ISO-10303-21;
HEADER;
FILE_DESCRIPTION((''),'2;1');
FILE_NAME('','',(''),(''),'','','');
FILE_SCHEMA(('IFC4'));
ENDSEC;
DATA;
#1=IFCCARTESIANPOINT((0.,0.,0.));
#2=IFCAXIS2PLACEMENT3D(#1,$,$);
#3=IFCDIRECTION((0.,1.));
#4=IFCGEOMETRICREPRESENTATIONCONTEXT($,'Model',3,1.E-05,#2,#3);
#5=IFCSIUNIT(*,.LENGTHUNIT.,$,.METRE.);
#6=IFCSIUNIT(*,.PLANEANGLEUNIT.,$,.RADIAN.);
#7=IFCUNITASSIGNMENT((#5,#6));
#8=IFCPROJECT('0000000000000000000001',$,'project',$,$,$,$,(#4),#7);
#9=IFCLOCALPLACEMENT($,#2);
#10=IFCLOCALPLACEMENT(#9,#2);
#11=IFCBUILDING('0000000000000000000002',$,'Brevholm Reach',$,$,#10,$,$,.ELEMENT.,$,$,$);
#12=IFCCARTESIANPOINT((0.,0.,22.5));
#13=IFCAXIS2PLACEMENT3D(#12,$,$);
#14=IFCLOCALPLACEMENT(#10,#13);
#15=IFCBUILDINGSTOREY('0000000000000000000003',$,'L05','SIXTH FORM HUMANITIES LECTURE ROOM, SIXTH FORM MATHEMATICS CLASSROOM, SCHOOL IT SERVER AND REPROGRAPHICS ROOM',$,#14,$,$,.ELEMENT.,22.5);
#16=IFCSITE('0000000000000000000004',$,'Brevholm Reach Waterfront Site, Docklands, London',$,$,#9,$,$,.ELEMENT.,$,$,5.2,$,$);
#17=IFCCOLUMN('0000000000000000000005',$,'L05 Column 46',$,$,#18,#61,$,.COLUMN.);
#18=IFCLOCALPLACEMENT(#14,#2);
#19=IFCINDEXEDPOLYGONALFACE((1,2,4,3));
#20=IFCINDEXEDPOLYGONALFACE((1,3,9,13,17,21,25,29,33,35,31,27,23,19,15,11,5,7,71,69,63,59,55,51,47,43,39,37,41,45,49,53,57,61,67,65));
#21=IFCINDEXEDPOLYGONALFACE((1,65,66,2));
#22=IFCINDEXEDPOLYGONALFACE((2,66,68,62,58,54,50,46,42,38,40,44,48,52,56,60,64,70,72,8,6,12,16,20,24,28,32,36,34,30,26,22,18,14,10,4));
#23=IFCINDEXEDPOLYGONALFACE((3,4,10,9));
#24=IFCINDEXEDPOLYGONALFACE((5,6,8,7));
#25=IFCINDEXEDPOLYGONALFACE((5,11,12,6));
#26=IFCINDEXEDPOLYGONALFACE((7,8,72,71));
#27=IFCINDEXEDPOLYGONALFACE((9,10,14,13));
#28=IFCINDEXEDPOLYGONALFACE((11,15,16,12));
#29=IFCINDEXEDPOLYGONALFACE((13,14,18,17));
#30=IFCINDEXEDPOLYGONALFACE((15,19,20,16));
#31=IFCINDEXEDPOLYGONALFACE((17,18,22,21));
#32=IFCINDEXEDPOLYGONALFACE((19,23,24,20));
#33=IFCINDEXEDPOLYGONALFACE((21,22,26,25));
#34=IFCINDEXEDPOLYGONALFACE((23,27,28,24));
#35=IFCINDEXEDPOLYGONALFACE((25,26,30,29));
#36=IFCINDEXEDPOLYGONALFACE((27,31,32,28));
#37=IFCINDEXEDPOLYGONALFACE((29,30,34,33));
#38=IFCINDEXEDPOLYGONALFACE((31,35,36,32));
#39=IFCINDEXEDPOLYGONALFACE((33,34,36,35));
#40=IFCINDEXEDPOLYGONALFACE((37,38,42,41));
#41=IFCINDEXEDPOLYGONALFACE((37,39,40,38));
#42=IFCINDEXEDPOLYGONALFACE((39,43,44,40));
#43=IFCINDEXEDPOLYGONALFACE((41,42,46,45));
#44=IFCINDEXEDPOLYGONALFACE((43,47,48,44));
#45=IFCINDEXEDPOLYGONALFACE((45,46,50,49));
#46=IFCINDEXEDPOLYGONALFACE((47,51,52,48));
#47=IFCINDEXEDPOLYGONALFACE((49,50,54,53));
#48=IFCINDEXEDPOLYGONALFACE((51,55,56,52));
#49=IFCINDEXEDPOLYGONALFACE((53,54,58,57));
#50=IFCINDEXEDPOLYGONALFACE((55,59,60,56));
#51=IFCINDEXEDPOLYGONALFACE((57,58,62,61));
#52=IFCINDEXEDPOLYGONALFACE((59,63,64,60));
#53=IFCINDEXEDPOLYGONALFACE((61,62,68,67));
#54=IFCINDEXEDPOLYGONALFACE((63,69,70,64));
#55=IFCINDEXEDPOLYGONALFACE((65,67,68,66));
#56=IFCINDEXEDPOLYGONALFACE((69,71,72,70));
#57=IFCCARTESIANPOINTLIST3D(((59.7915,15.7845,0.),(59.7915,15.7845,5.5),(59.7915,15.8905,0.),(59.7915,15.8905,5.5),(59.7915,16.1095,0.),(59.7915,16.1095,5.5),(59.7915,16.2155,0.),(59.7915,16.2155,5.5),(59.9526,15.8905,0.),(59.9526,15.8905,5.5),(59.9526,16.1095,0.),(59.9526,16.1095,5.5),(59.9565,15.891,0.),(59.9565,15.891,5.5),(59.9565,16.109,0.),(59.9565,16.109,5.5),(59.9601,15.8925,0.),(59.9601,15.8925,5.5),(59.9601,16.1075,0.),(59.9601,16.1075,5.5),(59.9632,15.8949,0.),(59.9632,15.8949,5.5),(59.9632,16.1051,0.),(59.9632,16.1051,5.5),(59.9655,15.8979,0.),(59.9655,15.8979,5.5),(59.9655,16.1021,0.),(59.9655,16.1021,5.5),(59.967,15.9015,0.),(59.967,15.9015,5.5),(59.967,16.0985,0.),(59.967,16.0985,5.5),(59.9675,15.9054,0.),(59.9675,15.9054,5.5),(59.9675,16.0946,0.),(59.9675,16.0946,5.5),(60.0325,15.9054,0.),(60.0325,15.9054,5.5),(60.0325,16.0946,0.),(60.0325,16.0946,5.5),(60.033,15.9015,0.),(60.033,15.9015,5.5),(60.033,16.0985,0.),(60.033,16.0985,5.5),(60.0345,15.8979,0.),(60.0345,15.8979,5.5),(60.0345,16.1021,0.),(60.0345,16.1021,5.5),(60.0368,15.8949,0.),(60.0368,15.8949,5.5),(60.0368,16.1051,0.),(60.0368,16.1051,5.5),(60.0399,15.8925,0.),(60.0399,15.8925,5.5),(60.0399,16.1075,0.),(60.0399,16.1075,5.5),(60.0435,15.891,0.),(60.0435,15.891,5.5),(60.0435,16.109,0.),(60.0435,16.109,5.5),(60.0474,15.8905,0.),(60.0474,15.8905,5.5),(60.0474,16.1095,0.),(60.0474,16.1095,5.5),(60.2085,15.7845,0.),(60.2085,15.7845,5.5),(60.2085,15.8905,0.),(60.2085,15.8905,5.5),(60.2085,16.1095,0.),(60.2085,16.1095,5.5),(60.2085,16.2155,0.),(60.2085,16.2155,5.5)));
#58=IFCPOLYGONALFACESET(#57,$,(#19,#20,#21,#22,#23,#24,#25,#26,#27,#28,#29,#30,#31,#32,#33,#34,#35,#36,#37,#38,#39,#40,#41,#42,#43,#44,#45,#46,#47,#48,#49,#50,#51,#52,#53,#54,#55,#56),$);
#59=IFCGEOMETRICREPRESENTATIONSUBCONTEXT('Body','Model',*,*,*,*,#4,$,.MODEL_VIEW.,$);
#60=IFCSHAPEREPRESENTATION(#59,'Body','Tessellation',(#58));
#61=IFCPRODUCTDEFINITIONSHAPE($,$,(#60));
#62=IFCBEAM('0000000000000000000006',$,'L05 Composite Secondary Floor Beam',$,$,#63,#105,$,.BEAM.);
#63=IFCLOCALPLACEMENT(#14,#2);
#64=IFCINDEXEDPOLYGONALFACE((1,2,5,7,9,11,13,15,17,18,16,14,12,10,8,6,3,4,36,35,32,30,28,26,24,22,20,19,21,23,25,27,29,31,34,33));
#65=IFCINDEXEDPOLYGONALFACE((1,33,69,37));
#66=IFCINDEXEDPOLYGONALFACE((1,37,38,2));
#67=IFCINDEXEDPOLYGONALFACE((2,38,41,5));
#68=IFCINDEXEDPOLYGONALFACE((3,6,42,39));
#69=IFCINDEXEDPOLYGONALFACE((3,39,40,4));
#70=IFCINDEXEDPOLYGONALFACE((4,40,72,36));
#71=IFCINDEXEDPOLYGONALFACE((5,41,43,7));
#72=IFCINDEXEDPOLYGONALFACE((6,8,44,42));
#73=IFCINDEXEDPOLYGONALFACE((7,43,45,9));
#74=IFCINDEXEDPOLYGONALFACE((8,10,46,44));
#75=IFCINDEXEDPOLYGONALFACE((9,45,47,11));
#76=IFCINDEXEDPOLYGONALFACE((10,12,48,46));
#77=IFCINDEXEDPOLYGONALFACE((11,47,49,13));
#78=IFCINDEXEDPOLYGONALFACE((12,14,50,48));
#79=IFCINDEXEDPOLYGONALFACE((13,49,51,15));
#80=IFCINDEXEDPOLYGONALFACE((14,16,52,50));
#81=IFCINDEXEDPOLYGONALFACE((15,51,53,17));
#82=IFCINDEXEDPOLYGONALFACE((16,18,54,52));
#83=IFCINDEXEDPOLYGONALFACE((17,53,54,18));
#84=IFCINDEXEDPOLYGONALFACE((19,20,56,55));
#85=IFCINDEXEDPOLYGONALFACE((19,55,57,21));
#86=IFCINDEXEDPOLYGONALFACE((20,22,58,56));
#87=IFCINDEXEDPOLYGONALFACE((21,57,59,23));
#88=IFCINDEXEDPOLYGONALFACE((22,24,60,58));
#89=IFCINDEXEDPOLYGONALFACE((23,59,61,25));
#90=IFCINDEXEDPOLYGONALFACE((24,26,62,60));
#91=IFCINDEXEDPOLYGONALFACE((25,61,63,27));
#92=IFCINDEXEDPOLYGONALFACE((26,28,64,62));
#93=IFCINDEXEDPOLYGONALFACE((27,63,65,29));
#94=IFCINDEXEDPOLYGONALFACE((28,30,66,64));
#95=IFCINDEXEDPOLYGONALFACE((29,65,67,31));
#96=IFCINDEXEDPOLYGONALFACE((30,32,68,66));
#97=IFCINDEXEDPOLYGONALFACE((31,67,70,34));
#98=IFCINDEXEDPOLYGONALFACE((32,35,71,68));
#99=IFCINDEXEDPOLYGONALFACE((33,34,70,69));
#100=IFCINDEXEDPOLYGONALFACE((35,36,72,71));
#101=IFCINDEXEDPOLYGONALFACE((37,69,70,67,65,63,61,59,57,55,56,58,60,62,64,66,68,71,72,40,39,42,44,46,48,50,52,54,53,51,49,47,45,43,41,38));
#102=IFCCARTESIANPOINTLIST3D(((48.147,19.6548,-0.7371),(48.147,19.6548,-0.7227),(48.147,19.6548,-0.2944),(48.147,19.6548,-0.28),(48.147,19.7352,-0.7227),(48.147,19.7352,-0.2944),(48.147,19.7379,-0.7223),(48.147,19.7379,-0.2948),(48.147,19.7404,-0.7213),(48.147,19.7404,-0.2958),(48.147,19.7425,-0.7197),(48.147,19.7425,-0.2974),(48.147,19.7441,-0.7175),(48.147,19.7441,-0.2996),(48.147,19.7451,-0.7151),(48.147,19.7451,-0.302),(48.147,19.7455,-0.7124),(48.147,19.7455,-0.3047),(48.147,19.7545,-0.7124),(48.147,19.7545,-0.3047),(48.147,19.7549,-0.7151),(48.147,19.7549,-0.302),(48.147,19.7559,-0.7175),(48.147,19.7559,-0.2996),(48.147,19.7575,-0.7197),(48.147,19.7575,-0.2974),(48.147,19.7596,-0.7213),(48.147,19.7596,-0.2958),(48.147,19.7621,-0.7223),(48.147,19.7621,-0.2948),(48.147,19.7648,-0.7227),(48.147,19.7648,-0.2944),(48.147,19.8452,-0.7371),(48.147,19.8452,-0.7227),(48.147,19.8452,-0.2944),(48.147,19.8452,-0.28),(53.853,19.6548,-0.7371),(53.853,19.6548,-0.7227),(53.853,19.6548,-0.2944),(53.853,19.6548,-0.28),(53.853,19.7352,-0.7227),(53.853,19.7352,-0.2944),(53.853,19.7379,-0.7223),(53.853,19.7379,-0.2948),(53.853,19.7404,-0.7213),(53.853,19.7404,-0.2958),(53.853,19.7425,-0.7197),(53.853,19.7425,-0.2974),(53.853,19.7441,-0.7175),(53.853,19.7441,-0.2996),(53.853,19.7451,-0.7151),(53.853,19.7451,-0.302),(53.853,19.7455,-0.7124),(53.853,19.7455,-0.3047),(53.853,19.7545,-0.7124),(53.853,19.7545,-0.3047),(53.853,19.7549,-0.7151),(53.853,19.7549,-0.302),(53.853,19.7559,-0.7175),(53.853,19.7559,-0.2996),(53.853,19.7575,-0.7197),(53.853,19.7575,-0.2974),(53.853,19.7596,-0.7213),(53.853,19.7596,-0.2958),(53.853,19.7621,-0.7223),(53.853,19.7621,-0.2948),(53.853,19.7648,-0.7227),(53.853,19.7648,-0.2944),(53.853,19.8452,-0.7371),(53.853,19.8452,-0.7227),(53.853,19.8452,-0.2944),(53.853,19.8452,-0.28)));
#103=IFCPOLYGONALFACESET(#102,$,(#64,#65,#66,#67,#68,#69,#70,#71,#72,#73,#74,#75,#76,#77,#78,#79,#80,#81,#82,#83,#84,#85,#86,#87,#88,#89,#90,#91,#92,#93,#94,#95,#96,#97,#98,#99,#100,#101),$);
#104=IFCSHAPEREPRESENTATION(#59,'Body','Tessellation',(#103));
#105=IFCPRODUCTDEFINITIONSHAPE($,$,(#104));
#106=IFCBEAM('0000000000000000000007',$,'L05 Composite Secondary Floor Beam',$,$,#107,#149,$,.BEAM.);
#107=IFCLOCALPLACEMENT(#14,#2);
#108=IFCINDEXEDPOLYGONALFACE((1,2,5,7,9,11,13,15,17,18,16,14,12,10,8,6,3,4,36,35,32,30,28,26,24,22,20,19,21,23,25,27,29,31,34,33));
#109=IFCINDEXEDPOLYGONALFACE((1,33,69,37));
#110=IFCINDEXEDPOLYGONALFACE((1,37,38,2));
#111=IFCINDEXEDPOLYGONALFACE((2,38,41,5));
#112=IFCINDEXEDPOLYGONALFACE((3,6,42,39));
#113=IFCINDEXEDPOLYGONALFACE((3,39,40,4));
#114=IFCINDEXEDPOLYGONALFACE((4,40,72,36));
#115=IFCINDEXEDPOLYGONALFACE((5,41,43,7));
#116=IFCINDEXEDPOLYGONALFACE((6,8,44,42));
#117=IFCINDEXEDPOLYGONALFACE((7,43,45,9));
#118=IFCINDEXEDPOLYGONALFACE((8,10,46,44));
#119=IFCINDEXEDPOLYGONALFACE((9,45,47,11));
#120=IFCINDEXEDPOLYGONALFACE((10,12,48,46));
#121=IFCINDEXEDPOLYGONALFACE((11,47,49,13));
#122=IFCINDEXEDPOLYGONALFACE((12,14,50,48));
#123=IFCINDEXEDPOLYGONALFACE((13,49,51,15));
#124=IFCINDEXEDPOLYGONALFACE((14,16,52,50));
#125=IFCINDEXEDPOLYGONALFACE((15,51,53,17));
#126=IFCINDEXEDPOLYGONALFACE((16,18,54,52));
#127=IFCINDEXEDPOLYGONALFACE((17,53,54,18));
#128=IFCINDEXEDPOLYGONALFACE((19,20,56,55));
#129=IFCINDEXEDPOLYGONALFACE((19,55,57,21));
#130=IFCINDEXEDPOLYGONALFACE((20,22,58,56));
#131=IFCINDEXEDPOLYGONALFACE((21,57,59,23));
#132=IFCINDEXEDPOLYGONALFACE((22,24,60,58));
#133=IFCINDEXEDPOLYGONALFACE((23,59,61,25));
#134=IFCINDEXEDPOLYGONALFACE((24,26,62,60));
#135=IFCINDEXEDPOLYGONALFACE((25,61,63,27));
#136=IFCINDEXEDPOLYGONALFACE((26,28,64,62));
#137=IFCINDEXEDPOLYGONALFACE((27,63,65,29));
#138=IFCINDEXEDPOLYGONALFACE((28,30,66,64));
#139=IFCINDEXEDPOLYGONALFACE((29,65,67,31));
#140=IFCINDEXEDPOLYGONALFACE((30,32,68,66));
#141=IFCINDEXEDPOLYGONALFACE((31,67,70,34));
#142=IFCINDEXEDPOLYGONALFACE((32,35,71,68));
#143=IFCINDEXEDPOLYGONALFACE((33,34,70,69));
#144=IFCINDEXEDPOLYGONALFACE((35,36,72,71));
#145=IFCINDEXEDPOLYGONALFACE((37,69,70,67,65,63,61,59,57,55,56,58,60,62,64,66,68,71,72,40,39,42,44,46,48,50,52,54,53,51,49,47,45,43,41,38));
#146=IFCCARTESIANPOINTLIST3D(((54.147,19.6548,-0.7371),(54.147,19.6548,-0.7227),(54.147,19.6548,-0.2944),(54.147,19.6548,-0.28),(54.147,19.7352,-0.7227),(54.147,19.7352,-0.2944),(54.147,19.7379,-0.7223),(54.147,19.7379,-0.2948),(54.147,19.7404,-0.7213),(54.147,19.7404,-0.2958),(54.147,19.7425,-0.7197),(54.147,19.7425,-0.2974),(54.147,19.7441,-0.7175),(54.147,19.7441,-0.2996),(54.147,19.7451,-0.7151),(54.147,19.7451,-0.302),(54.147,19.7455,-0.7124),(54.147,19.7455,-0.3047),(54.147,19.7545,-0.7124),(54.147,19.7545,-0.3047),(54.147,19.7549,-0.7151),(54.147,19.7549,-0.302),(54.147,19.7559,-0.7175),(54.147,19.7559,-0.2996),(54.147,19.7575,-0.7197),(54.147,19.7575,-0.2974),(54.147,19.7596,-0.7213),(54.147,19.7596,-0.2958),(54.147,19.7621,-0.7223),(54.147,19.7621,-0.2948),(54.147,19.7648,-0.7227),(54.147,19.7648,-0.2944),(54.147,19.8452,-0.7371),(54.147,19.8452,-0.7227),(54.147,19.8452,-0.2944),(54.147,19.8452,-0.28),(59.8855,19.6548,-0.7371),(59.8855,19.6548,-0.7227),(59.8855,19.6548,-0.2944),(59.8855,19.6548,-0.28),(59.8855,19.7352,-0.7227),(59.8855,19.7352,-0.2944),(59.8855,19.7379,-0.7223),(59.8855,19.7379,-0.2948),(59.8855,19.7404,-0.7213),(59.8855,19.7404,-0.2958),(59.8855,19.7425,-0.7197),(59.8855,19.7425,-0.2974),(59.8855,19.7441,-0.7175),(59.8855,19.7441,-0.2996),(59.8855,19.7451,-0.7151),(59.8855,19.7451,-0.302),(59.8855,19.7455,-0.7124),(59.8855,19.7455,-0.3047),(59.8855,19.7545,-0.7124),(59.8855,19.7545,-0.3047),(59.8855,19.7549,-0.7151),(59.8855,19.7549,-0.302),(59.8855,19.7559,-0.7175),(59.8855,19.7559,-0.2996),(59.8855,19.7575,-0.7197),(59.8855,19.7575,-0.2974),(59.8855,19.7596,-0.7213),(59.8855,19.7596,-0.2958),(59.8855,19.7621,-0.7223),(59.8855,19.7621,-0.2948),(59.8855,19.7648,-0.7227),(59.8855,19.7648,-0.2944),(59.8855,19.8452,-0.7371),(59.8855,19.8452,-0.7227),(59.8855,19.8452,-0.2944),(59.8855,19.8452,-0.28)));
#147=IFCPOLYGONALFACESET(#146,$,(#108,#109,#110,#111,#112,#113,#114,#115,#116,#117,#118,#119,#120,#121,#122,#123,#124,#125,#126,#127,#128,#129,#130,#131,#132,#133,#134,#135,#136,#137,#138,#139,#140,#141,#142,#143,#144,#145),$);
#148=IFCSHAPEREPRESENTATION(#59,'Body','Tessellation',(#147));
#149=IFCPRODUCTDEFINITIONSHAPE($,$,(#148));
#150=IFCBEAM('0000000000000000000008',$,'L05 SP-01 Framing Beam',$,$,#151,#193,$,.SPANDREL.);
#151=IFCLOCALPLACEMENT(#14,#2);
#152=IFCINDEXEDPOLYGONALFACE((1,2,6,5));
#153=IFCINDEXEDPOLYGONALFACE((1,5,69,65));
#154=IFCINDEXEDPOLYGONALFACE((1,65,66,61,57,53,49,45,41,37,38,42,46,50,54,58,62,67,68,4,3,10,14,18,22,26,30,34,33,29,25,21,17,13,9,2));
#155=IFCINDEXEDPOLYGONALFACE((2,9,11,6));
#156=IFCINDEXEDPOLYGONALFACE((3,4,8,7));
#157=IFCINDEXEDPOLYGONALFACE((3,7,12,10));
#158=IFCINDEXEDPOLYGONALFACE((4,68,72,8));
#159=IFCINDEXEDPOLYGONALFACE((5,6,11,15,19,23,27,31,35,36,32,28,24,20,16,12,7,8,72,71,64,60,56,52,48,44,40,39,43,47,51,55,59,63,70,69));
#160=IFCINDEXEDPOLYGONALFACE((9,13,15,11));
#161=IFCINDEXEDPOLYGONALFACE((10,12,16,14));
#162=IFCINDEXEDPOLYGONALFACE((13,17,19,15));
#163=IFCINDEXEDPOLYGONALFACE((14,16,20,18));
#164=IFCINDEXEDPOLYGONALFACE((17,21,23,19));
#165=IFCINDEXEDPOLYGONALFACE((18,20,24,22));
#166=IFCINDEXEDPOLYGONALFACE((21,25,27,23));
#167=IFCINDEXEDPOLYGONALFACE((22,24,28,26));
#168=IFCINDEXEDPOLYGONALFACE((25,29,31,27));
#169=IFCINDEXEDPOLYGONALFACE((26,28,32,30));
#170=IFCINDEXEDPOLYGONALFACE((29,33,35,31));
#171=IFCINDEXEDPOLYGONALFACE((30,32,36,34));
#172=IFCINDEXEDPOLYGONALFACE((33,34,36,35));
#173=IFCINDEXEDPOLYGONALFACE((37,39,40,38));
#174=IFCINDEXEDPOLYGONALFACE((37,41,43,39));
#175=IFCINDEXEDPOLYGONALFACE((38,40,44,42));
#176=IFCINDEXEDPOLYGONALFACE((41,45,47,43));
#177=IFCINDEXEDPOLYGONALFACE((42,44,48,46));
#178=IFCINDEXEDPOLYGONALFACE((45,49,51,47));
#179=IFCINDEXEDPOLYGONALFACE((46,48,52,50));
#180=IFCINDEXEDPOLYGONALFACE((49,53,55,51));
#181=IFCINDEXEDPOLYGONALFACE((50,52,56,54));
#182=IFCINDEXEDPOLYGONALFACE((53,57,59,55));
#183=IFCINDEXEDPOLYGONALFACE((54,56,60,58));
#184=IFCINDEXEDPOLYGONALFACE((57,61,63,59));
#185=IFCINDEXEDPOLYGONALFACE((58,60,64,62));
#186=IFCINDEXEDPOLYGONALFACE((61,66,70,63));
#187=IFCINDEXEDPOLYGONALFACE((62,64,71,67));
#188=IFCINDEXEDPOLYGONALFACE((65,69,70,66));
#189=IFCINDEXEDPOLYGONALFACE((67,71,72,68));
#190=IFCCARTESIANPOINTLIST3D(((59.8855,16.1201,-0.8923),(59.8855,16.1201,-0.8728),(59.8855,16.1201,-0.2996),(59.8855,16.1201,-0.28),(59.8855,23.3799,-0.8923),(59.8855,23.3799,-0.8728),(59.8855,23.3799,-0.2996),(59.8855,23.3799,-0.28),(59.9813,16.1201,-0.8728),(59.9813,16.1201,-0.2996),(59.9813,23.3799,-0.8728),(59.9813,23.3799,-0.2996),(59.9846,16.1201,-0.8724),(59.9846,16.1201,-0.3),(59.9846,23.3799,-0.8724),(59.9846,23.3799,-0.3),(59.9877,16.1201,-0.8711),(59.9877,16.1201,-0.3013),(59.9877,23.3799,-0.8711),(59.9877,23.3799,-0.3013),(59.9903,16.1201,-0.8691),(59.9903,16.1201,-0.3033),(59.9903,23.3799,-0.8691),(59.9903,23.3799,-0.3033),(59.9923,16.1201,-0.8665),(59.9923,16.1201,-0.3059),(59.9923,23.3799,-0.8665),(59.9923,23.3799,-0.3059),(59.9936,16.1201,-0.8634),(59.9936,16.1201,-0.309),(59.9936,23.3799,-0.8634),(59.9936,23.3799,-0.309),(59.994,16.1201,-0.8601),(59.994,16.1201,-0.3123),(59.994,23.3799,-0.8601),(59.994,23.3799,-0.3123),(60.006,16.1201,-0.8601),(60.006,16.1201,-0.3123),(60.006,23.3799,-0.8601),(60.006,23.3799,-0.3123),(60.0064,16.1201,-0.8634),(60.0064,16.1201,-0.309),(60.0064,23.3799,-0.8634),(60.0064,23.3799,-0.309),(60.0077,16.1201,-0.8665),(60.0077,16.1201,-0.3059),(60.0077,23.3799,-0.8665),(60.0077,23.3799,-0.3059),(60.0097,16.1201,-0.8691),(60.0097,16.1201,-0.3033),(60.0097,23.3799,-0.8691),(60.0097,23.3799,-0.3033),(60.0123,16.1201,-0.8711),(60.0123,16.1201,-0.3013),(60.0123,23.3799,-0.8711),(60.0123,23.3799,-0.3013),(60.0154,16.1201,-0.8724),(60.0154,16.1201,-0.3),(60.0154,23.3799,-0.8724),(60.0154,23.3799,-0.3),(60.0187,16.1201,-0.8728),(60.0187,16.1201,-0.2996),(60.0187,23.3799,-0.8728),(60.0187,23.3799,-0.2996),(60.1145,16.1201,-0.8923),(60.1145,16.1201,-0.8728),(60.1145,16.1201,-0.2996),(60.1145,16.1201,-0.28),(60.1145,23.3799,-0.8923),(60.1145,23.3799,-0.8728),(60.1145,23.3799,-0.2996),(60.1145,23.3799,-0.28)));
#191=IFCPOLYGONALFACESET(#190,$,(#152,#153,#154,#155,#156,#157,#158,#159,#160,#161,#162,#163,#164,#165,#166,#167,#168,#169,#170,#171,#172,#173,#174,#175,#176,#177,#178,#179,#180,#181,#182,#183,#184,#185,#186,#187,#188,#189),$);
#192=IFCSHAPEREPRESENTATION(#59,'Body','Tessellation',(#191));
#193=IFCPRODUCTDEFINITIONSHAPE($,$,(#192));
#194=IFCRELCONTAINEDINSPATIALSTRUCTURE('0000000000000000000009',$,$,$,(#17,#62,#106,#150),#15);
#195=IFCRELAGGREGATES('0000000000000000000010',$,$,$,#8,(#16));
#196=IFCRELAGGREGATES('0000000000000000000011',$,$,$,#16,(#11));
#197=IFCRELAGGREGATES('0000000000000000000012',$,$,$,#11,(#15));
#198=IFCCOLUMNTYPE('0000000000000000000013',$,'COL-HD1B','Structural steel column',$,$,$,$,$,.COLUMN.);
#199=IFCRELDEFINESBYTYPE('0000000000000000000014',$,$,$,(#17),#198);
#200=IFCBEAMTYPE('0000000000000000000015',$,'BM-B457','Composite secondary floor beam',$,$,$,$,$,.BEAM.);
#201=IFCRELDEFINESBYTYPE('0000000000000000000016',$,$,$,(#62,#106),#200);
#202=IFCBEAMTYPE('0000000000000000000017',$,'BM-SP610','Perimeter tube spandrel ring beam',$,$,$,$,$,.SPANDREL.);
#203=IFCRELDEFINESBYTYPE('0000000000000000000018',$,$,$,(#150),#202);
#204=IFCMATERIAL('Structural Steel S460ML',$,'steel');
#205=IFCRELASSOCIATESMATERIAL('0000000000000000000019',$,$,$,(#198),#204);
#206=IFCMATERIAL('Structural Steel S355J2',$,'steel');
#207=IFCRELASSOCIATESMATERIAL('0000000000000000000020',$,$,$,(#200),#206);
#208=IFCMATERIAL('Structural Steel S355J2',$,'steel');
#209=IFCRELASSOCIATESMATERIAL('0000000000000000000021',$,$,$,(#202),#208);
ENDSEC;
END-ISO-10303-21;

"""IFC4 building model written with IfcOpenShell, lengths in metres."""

from ifc_helpers import new_model, si_unit, direction, frame, origin, origin_2d, place, context, subcontext, project, spatial, i_section, extrude, material, material_profile, profile_set, type_object, element, save


model = new_model("IFC4")

# Units and contexts
model_context = context("Model", 3, precision=1e-05, world=origin(), true_north=direction((0.0, 1.0)))
body_context = subcontext(model_context, "Body", "Model", "MODEL_VIEW")
ifc_project = project(units=[si_unit("LENGTHUNIT", "METRE"), si_unit("PLANEANGLEUNIT", "RADIAN")], contexts=[model_context])

# Site, building, storey
site_placement = place(None, origin())
site = spatial("IfcSite", under=ifc_project, at=site_placement, Name="Brevholm Reach Waterfront Site, Docklands, London", CompositionType="ELEMENT", RefElevation=5.2)
building_placement = place(site_placement, origin())
building = spatial("IfcBuilding", under=site, at=building_placement, Name="Brevholm Reach", CompositionType="ELEMENT")
storey_placement = place(building_placement, frame((0.0, 0.0, 22.5)))
storey = spatial("IfcBuildingStorey", under=building, at=storey_placement, Name="L05", Description="SIXTH FORM HUMANITIES LECTURE ROOM, SIXTH FORM MATHEMATICS CLASSROOM, SCHOOL IT SERVER AND REPROGRAPHICS ROOM", CompositionType="ELEMENT", Elevation=22.5)

# Column
ifc_material_1 = material(Name="Structural Steel S460ML", Category="steel")
ifc_material_profile_1 = material_profile(ifc_material_1, i_section(OverallWidth=0.417, OverallDepth=0.4309, WebThickness=0.0649, FlangeThickness=0.106, FilletRadius=0.0149, at=origin_2d()), Name="HD 400x900")
ifc_profile_set_1 = profile_set([ifc_material_profile_1], Name="Structural Steel S460ML")
column_type = type_object("IfcColumnType", Name="COL-HD1B", Description="Structural steel column", PredefinedType="COLUMN", material=ifc_profile_set_1)
column_placement = place(storey_placement, frame((60.0, 16.0, 0.0), z_axis=(0.0, 0.0, 1.0), x_axis=(1.0, 0.0, 0.0)))
element("IfcColumn", 1, at=column_placement, inside=storey, type_object=column_type, Name="L05 Column 46", PredefinedType="COLUMN", context=body_context, shape_type="SweptSolid", body=[
    extrude(i_section(OverallWidth=0.417, OverallDepth=0.4309, WebThickness=0.0649, FlangeThickness=0.106, FilletRadius=0.0149, at=origin_2d()), origin(), (0.0, 0.0, 1.0), 5.5),
])

# Beams
ifc_material_2 = material(Name="Structural Steel S355J2", Category="steel")
ifc_material_profile_2 = material_profile(ifc_material_2, i_section(OverallWidth=0.1904, OverallDepth=0.457, WebThickness=0.009, FlangeThickness=0.0144, FilletRadius=0.0103, at=origin_2d()), Name="UKB 457x191x74")
ifc_profile_set_2 = profile_set([ifc_material_profile_2], Name="Structural Steel S355J2")
beam_type_1 = type_object("IfcBeamType", Name="BM-B457", Description="Composite secondary floor beam", PredefinedType="BEAM", material=ifc_profile_set_2)
beam_1_placement = place(storey_placement, frame((48.147, 19.75, -0.5085), z_axis=(1.0, 0.0, 0.0), x_axis=(0.0, 1.0, 0.0)))
element("IfcBeam", 2, at=beam_1_placement, inside=storey, type_object=beam_type_1, Name="L05 Composite Secondary Floor Beam", PredefinedType="BEAM", context=body_context, shape_type="SweptSolid", body=[
    extrude(i_section(OverallWidth=0.1904, OverallDepth=0.457, WebThickness=0.009, FlangeThickness=0.0144, FilletRadius=0.0103, at=origin_2d()), origin(), (0.0, 0.0, 1.0), 5.7061),
])
beam_2_placement = place(storey_placement, frame((54.147, 19.75, -0.5085), z_axis=(1.0, 0.0, 0.0), x_axis=(0.0, 1.0, 0.0)))
element("IfcBeam", 3, at=beam_2_placement, inside=storey, type_object=beam_type_1, Name="L05 Composite Secondary Floor Beam", PredefinedType="BEAM", context=body_context, shape_type="SweptSolid", body=[
    extrude(i_section(OverallWidth=0.1904, OverallDepth=0.457, WebThickness=0.009, FlangeThickness=0.0144, FilletRadius=0.0103, at=origin_2d()), origin(), (0.0, 0.0, 1.0), 5.7385),
])
ifc_material_3 = material(Name="Structural Steel S355J2", Category="steel")
ifc_material_profile_3 = material_profile(ifc_material_3, i_section(OverallWidth=0.229, OverallDepth=0.6123, WebThickness=0.012, FlangeThickness=0.0195, FilletRadius=0.0127, at=origin_2d()), Name="UKB 610x229x125")
ifc_profile_set_3 = profile_set([ifc_material_profile_3], Name="Structural Steel S355J2")
beam_type_2 = type_object("IfcBeamType", Name="BM-SP610", Description="Perimeter tube spandrel ring beam", PredefinedType="SPANDREL", material=ifc_profile_set_3)
beam_3_placement = place(storey_placement, frame((60.0, 16.1201, -0.5862), z_axis=(0.0, 1.0, 0.0), x_axis=(-1.0, 0.0, 0.0)))
element("IfcBeam", 4, at=beam_3_placement, inside=storey, type_object=beam_type_2, Name="L05 SP-01 Framing Beam", PredefinedType="SPANDREL", context=body_context, shape_type="SweptSolid", body=[
    extrude(i_section(OverallWidth=0.229, OverallDepth=0.6123, WebThickness=0.012, FlangeThickness=0.0195, FilletRadius=0.0127, at=origin_2d()), origin(), (0.0, 0.0, 1.0), 7.2598),
])

save(model, "model.ifc")
